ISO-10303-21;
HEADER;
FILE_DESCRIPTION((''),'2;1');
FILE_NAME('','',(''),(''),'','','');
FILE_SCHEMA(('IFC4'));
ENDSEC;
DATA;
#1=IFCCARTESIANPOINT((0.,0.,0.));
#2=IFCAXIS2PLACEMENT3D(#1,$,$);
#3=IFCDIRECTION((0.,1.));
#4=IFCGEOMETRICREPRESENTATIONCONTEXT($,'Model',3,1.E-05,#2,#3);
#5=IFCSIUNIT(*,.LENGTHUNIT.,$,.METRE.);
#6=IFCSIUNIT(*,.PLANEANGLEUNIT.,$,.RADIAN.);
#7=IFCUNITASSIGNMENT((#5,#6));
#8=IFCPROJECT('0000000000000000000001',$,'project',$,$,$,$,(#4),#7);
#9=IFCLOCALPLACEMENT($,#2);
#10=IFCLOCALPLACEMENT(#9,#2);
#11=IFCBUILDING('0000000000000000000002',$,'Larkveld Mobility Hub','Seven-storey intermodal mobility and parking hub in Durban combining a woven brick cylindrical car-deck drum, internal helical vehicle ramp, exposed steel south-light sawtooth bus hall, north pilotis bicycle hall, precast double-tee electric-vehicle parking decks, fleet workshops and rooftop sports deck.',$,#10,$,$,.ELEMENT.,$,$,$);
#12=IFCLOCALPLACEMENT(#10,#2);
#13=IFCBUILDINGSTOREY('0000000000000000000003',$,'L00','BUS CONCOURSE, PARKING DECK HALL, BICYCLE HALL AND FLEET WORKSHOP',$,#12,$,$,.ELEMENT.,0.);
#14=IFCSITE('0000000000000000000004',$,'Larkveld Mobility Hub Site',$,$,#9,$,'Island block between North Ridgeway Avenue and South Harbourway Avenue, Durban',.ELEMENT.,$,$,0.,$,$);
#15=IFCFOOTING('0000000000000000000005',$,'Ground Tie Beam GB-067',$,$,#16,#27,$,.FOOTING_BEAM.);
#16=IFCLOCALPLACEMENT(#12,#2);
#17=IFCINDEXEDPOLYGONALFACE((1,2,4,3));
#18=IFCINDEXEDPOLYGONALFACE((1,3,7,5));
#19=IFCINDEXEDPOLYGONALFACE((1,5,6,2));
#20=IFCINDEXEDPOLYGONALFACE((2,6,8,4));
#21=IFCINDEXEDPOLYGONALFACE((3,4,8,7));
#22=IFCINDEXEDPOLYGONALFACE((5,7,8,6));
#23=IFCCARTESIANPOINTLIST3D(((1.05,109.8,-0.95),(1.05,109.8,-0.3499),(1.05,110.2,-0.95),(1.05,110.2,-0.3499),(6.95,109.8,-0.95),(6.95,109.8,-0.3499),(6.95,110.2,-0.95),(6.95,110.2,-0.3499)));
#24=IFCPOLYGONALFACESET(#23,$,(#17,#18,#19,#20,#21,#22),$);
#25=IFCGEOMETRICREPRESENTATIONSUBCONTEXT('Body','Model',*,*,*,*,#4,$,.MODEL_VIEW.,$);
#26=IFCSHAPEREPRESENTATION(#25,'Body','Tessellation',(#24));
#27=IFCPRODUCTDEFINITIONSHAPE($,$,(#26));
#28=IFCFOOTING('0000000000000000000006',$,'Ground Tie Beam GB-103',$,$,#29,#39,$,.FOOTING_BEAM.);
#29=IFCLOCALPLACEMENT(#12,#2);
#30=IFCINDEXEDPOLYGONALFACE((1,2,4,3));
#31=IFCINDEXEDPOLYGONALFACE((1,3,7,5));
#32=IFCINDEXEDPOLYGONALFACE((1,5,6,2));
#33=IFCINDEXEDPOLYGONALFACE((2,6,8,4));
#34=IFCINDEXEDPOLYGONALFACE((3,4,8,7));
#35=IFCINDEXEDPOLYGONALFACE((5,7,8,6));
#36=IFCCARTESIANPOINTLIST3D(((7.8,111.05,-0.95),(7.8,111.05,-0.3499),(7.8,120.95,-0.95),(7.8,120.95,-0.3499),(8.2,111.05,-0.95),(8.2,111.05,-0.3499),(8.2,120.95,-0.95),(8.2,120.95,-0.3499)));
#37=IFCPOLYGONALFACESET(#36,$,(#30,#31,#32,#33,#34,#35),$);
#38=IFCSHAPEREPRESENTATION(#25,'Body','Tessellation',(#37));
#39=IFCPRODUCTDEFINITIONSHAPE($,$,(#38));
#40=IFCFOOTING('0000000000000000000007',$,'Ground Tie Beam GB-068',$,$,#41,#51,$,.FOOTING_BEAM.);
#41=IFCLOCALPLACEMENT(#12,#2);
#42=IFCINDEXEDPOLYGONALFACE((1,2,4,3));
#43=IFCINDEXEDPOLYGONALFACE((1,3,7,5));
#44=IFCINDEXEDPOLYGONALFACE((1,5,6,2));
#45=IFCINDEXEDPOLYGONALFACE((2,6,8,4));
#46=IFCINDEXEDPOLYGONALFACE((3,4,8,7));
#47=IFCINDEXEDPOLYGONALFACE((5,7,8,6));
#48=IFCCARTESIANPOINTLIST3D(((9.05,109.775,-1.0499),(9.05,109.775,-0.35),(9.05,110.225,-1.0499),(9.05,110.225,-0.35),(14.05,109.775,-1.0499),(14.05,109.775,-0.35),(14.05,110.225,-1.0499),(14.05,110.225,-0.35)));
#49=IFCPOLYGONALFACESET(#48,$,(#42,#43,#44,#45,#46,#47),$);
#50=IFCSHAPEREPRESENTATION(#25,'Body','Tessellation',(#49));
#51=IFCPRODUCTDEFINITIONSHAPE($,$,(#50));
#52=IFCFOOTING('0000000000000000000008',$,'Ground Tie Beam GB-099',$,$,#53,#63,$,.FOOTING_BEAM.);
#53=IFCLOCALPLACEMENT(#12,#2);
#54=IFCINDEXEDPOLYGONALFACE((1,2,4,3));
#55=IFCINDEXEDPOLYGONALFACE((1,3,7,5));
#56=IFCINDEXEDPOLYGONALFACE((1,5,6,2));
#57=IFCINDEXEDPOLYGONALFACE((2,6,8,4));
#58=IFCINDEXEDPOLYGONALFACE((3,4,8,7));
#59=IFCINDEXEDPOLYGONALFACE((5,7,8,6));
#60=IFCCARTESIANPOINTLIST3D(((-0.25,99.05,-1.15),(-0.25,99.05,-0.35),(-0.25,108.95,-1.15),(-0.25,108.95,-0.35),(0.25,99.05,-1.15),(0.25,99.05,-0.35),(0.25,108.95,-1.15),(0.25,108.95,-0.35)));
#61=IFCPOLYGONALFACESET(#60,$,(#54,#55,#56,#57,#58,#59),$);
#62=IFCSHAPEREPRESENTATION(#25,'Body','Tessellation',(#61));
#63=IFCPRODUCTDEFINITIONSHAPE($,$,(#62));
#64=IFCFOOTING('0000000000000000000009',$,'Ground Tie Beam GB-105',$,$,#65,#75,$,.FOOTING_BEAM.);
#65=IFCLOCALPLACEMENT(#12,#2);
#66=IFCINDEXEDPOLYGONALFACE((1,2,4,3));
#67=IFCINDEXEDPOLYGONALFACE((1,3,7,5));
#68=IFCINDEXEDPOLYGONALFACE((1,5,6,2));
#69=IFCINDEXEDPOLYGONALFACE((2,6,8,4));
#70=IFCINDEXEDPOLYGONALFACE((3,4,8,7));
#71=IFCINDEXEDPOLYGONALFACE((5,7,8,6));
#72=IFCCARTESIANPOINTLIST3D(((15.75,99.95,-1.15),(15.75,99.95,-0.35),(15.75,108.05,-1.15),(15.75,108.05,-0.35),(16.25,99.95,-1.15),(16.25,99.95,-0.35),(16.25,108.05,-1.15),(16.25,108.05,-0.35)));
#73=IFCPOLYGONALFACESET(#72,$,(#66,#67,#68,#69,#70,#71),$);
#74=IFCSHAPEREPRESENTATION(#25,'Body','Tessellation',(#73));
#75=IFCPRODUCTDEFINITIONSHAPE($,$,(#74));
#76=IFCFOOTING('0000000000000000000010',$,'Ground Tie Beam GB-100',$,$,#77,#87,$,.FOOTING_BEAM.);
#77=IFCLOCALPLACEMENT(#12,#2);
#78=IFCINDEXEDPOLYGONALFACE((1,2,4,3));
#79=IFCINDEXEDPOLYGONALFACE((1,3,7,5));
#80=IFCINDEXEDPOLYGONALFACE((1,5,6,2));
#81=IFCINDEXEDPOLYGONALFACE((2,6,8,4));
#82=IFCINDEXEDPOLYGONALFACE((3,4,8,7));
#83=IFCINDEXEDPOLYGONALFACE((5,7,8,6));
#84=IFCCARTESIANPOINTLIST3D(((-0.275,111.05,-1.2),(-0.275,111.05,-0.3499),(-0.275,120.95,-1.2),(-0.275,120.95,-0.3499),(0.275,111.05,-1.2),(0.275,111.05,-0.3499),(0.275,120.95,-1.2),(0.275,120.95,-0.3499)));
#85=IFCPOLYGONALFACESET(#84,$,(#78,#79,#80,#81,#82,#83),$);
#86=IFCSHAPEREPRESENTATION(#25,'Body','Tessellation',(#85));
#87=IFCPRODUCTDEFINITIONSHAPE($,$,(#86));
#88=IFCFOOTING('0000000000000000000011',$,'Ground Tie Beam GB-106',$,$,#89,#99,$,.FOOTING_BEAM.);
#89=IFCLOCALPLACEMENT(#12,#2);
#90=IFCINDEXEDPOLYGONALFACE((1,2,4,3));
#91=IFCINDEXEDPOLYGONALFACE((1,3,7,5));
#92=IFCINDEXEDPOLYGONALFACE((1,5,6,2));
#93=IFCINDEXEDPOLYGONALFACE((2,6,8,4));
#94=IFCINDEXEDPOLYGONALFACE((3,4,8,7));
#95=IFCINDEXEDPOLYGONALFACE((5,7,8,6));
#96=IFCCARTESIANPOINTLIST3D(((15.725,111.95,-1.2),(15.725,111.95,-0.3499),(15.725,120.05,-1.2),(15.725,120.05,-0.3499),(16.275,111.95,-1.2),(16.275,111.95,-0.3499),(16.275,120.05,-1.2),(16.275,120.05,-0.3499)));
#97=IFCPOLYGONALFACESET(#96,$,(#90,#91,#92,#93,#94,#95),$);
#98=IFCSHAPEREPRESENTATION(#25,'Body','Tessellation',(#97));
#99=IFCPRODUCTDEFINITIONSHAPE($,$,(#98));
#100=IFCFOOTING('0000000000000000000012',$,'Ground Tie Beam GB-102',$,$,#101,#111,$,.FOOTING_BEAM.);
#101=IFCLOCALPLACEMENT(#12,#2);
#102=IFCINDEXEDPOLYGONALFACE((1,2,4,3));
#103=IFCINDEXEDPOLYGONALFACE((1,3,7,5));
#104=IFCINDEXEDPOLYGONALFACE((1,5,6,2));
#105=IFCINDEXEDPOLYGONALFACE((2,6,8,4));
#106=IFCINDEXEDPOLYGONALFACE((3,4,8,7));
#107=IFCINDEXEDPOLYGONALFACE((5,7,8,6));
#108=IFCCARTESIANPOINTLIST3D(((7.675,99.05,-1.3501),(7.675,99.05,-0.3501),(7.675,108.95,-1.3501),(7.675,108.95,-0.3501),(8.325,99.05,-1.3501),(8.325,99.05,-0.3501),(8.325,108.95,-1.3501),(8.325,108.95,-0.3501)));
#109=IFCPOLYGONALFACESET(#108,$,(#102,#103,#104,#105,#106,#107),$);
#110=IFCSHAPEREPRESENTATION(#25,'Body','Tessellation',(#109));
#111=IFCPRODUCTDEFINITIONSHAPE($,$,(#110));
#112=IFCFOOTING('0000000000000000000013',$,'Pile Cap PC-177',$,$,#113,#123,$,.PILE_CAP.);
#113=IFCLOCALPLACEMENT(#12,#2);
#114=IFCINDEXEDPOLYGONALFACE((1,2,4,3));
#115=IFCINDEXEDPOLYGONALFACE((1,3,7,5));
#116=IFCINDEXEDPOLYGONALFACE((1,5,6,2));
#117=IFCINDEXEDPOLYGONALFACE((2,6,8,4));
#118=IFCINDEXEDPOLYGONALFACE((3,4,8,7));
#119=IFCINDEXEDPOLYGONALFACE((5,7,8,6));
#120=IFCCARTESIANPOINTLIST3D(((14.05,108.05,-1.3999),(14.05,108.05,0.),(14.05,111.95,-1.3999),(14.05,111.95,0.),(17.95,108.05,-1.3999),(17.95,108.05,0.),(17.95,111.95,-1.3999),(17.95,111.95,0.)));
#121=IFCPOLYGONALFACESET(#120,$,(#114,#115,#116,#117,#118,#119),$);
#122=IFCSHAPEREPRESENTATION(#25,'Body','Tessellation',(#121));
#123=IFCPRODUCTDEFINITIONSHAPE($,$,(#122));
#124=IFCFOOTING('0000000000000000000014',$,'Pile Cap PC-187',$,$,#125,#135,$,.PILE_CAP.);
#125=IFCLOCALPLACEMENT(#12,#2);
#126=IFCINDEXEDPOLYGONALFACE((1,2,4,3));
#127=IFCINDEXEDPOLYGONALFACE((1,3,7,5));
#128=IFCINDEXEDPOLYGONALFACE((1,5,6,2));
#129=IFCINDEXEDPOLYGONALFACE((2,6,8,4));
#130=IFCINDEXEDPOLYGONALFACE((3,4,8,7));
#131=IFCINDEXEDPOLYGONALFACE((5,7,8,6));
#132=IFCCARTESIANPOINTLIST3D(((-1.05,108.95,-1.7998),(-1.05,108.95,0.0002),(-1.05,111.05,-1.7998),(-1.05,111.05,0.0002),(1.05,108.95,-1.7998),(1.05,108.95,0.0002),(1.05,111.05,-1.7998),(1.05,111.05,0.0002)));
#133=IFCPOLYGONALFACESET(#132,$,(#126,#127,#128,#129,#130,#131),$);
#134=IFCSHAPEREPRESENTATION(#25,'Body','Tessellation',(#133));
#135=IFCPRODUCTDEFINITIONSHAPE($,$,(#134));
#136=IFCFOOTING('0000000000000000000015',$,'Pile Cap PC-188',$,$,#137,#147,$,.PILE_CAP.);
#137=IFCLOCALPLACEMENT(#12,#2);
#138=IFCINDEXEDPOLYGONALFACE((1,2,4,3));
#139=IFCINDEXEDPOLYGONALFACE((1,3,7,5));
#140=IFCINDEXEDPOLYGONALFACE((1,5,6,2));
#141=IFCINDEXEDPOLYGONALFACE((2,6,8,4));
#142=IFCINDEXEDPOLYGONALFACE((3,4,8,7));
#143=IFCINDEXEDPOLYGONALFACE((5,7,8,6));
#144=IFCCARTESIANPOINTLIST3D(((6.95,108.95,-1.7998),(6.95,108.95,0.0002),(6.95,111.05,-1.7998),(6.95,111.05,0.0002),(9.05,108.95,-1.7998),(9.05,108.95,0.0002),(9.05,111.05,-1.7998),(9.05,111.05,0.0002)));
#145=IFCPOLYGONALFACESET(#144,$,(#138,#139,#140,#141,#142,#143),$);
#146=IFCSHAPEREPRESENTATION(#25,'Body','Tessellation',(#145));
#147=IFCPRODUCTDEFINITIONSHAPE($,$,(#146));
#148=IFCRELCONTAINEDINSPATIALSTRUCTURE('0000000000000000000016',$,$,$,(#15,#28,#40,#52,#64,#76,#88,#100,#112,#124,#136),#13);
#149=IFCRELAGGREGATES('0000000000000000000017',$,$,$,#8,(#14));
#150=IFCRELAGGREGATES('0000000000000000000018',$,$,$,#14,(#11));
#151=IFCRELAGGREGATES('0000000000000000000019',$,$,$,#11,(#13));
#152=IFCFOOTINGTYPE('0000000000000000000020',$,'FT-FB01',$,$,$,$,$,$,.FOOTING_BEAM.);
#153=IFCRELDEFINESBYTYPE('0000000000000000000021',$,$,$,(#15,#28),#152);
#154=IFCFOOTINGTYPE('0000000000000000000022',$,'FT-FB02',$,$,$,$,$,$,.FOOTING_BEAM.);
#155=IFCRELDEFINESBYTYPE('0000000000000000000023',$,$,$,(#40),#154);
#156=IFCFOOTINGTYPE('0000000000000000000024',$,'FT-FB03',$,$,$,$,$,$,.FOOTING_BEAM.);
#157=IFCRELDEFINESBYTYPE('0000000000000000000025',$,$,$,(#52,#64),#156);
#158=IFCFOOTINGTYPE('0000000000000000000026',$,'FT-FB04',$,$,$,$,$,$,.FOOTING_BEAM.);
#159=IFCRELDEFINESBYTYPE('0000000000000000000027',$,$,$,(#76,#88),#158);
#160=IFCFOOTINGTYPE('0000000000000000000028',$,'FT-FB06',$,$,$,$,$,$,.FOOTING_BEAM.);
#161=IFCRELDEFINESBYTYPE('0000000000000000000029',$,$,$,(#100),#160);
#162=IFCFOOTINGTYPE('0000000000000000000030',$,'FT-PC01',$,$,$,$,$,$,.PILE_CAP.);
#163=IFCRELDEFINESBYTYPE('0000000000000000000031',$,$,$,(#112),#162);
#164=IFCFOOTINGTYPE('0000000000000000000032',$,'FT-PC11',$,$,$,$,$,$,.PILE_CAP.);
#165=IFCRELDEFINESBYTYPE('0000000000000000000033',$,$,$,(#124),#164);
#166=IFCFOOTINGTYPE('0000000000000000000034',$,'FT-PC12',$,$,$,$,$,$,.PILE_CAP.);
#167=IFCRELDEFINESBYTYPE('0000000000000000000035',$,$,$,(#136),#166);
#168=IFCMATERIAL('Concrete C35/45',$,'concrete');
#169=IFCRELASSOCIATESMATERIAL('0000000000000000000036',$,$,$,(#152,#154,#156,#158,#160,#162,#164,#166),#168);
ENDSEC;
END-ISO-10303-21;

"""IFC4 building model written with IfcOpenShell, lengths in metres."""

from ifc_helpers import new_model, si_unit, direction, frame, origin, origin_2d, place, context, subcontext, project, spatial, rectangle, extrude, material, material_profile, profile_set, type_object, element, save


model = new_model("IFC4")

# Units and contexts
model_context = context("Model", 3, precision=1e-05, world=origin(), true_north=direction((0.0, 1.0)))
body_context = subcontext(model_context, "Body", "Model", "MODEL_VIEW")
ifc_project = project(units=[si_unit("LENGTHUNIT", "METRE"), si_unit("PLANEANGLEUNIT", "RADIAN")], contexts=[model_context])

# Site, building, storey
site_placement = place(None, origin())
site = spatial("IfcSite", under=ifc_project, at=site_placement, Name="Larkveld Mobility Hub Site", LongName="Island block between North Ridgeway Avenue and South Harbourway Avenue, Durban", CompositionType="ELEMENT", RefElevation=0.0)
building_placement = place(site_placement, origin())
building = spatial("IfcBuilding", under=site, at=building_placement, Name="Larkveld Mobility Hub", Description="Seven-storey intermodal mobility and parking hub in Durban combining a woven brick cylindrical car-deck drum, internal helical vehicle ramp, exposed steel south-light sawtooth bus hall, north pilotis bicycle hall, precast double-tee electric-vehicle parking decks, fleet workshops and rooftop sports deck.", CompositionType="ELEMENT")
storey_placement = place(building_placement, origin())
storey = spatial("IfcBuildingStorey", under=building, at=storey_placement, Name="L00", Description="BUS CONCOURSE, PARKING DECK HALL, BICYCLE HALL AND FLEET WORKSHOP", CompositionType="ELEMENT", Elevation=0.0)

# Footings
ifc_material_1 = material(Name="Concrete C35/45", Category="concrete")
ifc_material_profile_1 = material_profile(ifc_material_1, rectangle(XDim=0.3999, YDim=0.6001, at=origin_2d()), Name="RC BM 400x600")
ifc_profile_set_1 = profile_set([ifc_material_profile_1], Name="Concrete C35/45")
footing_type_1 = type_object("IfcFootingType", Name="FT-FB01", PredefinedType="FOOTING_BEAM", material=ifc_profile_set_1)
footing_1_placement = place(storey_placement, frame((1.05, 110.0, -0.6499), z_axis=(1.0, 0.0, 0.0), x_axis=(0.0, 1.0, 0.0)))
element("IfcFooting", 1, at=footing_1_placement, inside=storey, type_object=footing_type_1, Name="Ground Tie Beam GB-067", PredefinedType="FOOTING_BEAM", context=body_context, shape_type="SweptSolid", body=[
    extrude(rectangle(XDim=0.3999, YDim=0.6001, at=origin_2d()), origin(), (0.0, 0.0, 1.0), 5.8999),
])
footing_2_placement = place(storey_placement, frame((8.0, 111.05, -0.6499), z_axis=(0.0, 1.0, 0.0), x_axis=(-1.0, 0.0, 0.0)))
element("IfcFooting", 2, at=footing_2_placement, inside=storey, type_object=footing_type_1, Name="Ground Tie Beam GB-103", PredefinedType="FOOTING_BEAM", context=body_context, shape_type="SweptSolid", body=[
    extrude(rectangle(XDim=0.3999, YDim=0.6001, at=origin_2d()), origin(), (0.0, 0.0, 1.0), 9.8999),
])
ifc_material_profile_2 = material_profile(ifc_material_1, rectangle(XDim=0.45, YDim=0.7, at=origin_2d()), Name="RC BM 450x700")
ifc_profile_set_2 = profile_set([ifc_material_profile_2], Name="Concrete C35/45")
footing_type_2 = type_object("IfcFootingType", Name="FT-FB02", PredefinedType="FOOTING_BEAM", material=ifc_profile_set_2)
footing_3_placement = place(storey_placement, frame((9.05, 110.0, -0.7), z_axis=(1.0, 0.0, 0.0), x_axis=(0.0, 1.0, 0.0)))
element("IfcFooting", 3, at=footing_3_placement, inside=storey, type_object=footing_type_2, Name="Ground Tie Beam GB-068", PredefinedType="FOOTING_BEAM", context=body_context, shape_type="SweptSolid", body=[
    extrude(rectangle(XDim=0.45, YDim=0.7, at=origin_2d()), origin(), (0.0, 0.0, 1.0), 5.0),
])
ifc_material_profile_3 = material_profile(ifc_material_1, rectangle(XDim=0.5, YDim=0.8, at=origin_2d()), Name="RC BM 500x800")
ifc_profile_set_3 = profile_set([ifc_material_profile_3], Name="Concrete C35/45")
footing_type_3 = type_object("IfcFootingType", Name="FT-FB03", PredefinedType="FOOTING_BEAM", material=ifc_profile_set_3)
footing_4_placement = place(storey_placement, frame((0.0, 99.05, -0.75), z_axis=(0.0, 1.0, 0.0), x_axis=(-1.0, 0.0, 0.0)))
element("IfcFooting", 4, at=footing_4_placement, inside=storey, type_object=footing_type_3, Name="Ground Tie Beam GB-099", PredefinedType="FOOTING_BEAM", context=body_context, shape_type="SweptSolid", body=[
    extrude(rectangle(XDim=0.5, YDim=0.8, at=origin_2d()), origin(), (0.0, 0.0, 1.0), 9.8999),
])
footing_5_placement = place(storey_placement, frame((16.0, 99.95, -0.75), z_axis=(0.0, 1.0, 0.0), x_axis=(-1.0, 0.0, 0.0)))
element("IfcFooting", 5, at=footing_5_placement, inside=storey, type_object=footing_type_3, Name="Ground Tie Beam GB-105", PredefinedType="FOOTING_BEAM", context=body_context, shape_type="SweptSolid", body=[
    extrude(rectangle(XDim=0.5, YDim=0.8, at=origin_2d()), origin(), (0.0, 0.0, 1.0), 8.1001),
])
ifc_material_profile_4 = material_profile(ifc_material_1, rectangle(XDim=0.55, YDim=0.8501, at=origin_2d()), Name="RC BM 550x850")
ifc_profile_set_4 = profile_set([ifc_material_profile_4], Name="Concrete C35/45")
footing_type_4 = type_object("IfcFootingType", Name="FT-FB04", PredefinedType="FOOTING_BEAM", material=ifc_profile_set_4)
footing_6_placement = place(storey_placement, frame((0.0, 111.05, -0.7749), z_axis=(0.0, 1.0, 0.0), x_axis=(-1.0, 0.0, 0.0)))
element("IfcFooting", 6, at=footing_6_placement, inside=storey, type_object=footing_type_4, Name="Ground Tie Beam GB-100", PredefinedType="FOOTING_BEAM", context=body_context, shape_type="SweptSolid", body=[
    extrude(rectangle(XDim=0.55, YDim=0.8501, at=origin_2d()), origin(), (0.0, 0.0, 1.0), 9.8999),
])
footing_7_placement = place(storey_placement, frame((16.0, 111.95, -0.7749), z_axis=(0.0, 1.0, 0.0), x_axis=(-1.0, 0.0, 0.0)))
element("IfcFooting", 7, at=footing_7_placement, inside=storey, type_object=footing_type_4, Name="Ground Tie Beam GB-106", PredefinedType="FOOTING_BEAM", context=body_context, shape_type="SweptSolid", body=[
    extrude(rectangle(XDim=0.55, YDim=0.8501, at=origin_2d()), origin(), (0.0, 0.0, 1.0), 8.1001),
])
ifc_material_profile_5 = material_profile(ifc_material_1, rectangle(XDim=0.6499, YDim=1.0, at=origin_2d()), Name="RC BM 650x1000")
ifc_profile_set_5 = profile_set([ifc_material_profile_5], Name="Concrete C35/45")
footing_type_5 = type_object("IfcFootingType", Name="FT-FB06", PredefinedType="FOOTING_BEAM", material=ifc_profile_set_5)
footing_8_placement = place(storey_placement, frame((8.0, 99.05, -0.8501), z_axis=(0.0, 1.0, 0.0), x_axis=(-1.0, 0.0, 0.0)))
element("IfcFooting", 8, at=footing_8_placement, inside=storey, type_object=footing_type_5, Name="Ground Tie Beam GB-102", PredefinedType="FOOTING_BEAM", context=body_context, shape_type="SweptSolid", body=[
    extrude(rectangle(XDim=0.6499, YDim=1.0, at=origin_2d()), origin(), (0.0, 0.0, 1.0), 9.8999),
])
footing_type_6 = type_object("IfcFootingType", Name="FT-PC01", PredefinedType="PILE_CAP", material=ifc_material_1)
footing_9_placement = place(storey_placement, frame((16.0, 110.0, -1.3999), z_axis=(0.0, 0.0, 1.0), x_axis=(1.0, 0.0, 0.0)))
element("IfcFooting", 9, at=footing_9_placement, inside=storey, type_object=footing_type_6, Name="Pile Cap PC-177", PredefinedType="PILE_CAP", context=body_context, shape_type="SweptSolid", body=[
    extrude(rectangle(XDim=3.8999, YDim=3.8999, at=origin_2d()), origin(), (0.0, 0.0, 1.0), 1.3999),
])
footing_type_7 = type_object("IfcFootingType", Name="FT-PC11", PredefinedType="PILE_CAP", material=ifc_material_1)
footing_10_placement = place(storey_placement, frame((0.0, 110.0, -1.7998), z_axis=(0.0, 0.0, 1.0), x_axis=(1.0, 0.0, 0.0)))
element("IfcFooting", 10, at=footing_10_placement, inside=storey, type_object=footing_type_7, Name="Pile Cap PC-187", PredefinedType="PILE_CAP", context=body_context, shape_type="SweptSolid", body=[
    extrude(rectangle(XDim=2.1001, YDim=2.1001, at=origin_2d()), origin(), (0.0, 0.0, 1.0), 1.8),
])
footing_type_8 = type_object("IfcFootingType", Name="FT-PC12", PredefinedType="PILE_CAP", material=ifc_material_1)
footing_11_placement = place(storey_placement, frame((8.0, 110.0, -1.7998), z_axis=(0.0, 0.0, 1.0), x_axis=(1.0, 0.0, 0.0)))
element("IfcFooting", 11, at=footing_11_placement, inside=storey, type_object=footing_type_8, Name="Pile Cap PC-188", PredefinedType="PILE_CAP", context=body_context, shape_type="SweptSolid", body=[
    extrude(rectangle(XDim=2.1001, YDim=2.1001, at=origin_2d()), origin(), (0.0, 0.0, 1.0), 1.8),
])

save(model, "model.ifc")
